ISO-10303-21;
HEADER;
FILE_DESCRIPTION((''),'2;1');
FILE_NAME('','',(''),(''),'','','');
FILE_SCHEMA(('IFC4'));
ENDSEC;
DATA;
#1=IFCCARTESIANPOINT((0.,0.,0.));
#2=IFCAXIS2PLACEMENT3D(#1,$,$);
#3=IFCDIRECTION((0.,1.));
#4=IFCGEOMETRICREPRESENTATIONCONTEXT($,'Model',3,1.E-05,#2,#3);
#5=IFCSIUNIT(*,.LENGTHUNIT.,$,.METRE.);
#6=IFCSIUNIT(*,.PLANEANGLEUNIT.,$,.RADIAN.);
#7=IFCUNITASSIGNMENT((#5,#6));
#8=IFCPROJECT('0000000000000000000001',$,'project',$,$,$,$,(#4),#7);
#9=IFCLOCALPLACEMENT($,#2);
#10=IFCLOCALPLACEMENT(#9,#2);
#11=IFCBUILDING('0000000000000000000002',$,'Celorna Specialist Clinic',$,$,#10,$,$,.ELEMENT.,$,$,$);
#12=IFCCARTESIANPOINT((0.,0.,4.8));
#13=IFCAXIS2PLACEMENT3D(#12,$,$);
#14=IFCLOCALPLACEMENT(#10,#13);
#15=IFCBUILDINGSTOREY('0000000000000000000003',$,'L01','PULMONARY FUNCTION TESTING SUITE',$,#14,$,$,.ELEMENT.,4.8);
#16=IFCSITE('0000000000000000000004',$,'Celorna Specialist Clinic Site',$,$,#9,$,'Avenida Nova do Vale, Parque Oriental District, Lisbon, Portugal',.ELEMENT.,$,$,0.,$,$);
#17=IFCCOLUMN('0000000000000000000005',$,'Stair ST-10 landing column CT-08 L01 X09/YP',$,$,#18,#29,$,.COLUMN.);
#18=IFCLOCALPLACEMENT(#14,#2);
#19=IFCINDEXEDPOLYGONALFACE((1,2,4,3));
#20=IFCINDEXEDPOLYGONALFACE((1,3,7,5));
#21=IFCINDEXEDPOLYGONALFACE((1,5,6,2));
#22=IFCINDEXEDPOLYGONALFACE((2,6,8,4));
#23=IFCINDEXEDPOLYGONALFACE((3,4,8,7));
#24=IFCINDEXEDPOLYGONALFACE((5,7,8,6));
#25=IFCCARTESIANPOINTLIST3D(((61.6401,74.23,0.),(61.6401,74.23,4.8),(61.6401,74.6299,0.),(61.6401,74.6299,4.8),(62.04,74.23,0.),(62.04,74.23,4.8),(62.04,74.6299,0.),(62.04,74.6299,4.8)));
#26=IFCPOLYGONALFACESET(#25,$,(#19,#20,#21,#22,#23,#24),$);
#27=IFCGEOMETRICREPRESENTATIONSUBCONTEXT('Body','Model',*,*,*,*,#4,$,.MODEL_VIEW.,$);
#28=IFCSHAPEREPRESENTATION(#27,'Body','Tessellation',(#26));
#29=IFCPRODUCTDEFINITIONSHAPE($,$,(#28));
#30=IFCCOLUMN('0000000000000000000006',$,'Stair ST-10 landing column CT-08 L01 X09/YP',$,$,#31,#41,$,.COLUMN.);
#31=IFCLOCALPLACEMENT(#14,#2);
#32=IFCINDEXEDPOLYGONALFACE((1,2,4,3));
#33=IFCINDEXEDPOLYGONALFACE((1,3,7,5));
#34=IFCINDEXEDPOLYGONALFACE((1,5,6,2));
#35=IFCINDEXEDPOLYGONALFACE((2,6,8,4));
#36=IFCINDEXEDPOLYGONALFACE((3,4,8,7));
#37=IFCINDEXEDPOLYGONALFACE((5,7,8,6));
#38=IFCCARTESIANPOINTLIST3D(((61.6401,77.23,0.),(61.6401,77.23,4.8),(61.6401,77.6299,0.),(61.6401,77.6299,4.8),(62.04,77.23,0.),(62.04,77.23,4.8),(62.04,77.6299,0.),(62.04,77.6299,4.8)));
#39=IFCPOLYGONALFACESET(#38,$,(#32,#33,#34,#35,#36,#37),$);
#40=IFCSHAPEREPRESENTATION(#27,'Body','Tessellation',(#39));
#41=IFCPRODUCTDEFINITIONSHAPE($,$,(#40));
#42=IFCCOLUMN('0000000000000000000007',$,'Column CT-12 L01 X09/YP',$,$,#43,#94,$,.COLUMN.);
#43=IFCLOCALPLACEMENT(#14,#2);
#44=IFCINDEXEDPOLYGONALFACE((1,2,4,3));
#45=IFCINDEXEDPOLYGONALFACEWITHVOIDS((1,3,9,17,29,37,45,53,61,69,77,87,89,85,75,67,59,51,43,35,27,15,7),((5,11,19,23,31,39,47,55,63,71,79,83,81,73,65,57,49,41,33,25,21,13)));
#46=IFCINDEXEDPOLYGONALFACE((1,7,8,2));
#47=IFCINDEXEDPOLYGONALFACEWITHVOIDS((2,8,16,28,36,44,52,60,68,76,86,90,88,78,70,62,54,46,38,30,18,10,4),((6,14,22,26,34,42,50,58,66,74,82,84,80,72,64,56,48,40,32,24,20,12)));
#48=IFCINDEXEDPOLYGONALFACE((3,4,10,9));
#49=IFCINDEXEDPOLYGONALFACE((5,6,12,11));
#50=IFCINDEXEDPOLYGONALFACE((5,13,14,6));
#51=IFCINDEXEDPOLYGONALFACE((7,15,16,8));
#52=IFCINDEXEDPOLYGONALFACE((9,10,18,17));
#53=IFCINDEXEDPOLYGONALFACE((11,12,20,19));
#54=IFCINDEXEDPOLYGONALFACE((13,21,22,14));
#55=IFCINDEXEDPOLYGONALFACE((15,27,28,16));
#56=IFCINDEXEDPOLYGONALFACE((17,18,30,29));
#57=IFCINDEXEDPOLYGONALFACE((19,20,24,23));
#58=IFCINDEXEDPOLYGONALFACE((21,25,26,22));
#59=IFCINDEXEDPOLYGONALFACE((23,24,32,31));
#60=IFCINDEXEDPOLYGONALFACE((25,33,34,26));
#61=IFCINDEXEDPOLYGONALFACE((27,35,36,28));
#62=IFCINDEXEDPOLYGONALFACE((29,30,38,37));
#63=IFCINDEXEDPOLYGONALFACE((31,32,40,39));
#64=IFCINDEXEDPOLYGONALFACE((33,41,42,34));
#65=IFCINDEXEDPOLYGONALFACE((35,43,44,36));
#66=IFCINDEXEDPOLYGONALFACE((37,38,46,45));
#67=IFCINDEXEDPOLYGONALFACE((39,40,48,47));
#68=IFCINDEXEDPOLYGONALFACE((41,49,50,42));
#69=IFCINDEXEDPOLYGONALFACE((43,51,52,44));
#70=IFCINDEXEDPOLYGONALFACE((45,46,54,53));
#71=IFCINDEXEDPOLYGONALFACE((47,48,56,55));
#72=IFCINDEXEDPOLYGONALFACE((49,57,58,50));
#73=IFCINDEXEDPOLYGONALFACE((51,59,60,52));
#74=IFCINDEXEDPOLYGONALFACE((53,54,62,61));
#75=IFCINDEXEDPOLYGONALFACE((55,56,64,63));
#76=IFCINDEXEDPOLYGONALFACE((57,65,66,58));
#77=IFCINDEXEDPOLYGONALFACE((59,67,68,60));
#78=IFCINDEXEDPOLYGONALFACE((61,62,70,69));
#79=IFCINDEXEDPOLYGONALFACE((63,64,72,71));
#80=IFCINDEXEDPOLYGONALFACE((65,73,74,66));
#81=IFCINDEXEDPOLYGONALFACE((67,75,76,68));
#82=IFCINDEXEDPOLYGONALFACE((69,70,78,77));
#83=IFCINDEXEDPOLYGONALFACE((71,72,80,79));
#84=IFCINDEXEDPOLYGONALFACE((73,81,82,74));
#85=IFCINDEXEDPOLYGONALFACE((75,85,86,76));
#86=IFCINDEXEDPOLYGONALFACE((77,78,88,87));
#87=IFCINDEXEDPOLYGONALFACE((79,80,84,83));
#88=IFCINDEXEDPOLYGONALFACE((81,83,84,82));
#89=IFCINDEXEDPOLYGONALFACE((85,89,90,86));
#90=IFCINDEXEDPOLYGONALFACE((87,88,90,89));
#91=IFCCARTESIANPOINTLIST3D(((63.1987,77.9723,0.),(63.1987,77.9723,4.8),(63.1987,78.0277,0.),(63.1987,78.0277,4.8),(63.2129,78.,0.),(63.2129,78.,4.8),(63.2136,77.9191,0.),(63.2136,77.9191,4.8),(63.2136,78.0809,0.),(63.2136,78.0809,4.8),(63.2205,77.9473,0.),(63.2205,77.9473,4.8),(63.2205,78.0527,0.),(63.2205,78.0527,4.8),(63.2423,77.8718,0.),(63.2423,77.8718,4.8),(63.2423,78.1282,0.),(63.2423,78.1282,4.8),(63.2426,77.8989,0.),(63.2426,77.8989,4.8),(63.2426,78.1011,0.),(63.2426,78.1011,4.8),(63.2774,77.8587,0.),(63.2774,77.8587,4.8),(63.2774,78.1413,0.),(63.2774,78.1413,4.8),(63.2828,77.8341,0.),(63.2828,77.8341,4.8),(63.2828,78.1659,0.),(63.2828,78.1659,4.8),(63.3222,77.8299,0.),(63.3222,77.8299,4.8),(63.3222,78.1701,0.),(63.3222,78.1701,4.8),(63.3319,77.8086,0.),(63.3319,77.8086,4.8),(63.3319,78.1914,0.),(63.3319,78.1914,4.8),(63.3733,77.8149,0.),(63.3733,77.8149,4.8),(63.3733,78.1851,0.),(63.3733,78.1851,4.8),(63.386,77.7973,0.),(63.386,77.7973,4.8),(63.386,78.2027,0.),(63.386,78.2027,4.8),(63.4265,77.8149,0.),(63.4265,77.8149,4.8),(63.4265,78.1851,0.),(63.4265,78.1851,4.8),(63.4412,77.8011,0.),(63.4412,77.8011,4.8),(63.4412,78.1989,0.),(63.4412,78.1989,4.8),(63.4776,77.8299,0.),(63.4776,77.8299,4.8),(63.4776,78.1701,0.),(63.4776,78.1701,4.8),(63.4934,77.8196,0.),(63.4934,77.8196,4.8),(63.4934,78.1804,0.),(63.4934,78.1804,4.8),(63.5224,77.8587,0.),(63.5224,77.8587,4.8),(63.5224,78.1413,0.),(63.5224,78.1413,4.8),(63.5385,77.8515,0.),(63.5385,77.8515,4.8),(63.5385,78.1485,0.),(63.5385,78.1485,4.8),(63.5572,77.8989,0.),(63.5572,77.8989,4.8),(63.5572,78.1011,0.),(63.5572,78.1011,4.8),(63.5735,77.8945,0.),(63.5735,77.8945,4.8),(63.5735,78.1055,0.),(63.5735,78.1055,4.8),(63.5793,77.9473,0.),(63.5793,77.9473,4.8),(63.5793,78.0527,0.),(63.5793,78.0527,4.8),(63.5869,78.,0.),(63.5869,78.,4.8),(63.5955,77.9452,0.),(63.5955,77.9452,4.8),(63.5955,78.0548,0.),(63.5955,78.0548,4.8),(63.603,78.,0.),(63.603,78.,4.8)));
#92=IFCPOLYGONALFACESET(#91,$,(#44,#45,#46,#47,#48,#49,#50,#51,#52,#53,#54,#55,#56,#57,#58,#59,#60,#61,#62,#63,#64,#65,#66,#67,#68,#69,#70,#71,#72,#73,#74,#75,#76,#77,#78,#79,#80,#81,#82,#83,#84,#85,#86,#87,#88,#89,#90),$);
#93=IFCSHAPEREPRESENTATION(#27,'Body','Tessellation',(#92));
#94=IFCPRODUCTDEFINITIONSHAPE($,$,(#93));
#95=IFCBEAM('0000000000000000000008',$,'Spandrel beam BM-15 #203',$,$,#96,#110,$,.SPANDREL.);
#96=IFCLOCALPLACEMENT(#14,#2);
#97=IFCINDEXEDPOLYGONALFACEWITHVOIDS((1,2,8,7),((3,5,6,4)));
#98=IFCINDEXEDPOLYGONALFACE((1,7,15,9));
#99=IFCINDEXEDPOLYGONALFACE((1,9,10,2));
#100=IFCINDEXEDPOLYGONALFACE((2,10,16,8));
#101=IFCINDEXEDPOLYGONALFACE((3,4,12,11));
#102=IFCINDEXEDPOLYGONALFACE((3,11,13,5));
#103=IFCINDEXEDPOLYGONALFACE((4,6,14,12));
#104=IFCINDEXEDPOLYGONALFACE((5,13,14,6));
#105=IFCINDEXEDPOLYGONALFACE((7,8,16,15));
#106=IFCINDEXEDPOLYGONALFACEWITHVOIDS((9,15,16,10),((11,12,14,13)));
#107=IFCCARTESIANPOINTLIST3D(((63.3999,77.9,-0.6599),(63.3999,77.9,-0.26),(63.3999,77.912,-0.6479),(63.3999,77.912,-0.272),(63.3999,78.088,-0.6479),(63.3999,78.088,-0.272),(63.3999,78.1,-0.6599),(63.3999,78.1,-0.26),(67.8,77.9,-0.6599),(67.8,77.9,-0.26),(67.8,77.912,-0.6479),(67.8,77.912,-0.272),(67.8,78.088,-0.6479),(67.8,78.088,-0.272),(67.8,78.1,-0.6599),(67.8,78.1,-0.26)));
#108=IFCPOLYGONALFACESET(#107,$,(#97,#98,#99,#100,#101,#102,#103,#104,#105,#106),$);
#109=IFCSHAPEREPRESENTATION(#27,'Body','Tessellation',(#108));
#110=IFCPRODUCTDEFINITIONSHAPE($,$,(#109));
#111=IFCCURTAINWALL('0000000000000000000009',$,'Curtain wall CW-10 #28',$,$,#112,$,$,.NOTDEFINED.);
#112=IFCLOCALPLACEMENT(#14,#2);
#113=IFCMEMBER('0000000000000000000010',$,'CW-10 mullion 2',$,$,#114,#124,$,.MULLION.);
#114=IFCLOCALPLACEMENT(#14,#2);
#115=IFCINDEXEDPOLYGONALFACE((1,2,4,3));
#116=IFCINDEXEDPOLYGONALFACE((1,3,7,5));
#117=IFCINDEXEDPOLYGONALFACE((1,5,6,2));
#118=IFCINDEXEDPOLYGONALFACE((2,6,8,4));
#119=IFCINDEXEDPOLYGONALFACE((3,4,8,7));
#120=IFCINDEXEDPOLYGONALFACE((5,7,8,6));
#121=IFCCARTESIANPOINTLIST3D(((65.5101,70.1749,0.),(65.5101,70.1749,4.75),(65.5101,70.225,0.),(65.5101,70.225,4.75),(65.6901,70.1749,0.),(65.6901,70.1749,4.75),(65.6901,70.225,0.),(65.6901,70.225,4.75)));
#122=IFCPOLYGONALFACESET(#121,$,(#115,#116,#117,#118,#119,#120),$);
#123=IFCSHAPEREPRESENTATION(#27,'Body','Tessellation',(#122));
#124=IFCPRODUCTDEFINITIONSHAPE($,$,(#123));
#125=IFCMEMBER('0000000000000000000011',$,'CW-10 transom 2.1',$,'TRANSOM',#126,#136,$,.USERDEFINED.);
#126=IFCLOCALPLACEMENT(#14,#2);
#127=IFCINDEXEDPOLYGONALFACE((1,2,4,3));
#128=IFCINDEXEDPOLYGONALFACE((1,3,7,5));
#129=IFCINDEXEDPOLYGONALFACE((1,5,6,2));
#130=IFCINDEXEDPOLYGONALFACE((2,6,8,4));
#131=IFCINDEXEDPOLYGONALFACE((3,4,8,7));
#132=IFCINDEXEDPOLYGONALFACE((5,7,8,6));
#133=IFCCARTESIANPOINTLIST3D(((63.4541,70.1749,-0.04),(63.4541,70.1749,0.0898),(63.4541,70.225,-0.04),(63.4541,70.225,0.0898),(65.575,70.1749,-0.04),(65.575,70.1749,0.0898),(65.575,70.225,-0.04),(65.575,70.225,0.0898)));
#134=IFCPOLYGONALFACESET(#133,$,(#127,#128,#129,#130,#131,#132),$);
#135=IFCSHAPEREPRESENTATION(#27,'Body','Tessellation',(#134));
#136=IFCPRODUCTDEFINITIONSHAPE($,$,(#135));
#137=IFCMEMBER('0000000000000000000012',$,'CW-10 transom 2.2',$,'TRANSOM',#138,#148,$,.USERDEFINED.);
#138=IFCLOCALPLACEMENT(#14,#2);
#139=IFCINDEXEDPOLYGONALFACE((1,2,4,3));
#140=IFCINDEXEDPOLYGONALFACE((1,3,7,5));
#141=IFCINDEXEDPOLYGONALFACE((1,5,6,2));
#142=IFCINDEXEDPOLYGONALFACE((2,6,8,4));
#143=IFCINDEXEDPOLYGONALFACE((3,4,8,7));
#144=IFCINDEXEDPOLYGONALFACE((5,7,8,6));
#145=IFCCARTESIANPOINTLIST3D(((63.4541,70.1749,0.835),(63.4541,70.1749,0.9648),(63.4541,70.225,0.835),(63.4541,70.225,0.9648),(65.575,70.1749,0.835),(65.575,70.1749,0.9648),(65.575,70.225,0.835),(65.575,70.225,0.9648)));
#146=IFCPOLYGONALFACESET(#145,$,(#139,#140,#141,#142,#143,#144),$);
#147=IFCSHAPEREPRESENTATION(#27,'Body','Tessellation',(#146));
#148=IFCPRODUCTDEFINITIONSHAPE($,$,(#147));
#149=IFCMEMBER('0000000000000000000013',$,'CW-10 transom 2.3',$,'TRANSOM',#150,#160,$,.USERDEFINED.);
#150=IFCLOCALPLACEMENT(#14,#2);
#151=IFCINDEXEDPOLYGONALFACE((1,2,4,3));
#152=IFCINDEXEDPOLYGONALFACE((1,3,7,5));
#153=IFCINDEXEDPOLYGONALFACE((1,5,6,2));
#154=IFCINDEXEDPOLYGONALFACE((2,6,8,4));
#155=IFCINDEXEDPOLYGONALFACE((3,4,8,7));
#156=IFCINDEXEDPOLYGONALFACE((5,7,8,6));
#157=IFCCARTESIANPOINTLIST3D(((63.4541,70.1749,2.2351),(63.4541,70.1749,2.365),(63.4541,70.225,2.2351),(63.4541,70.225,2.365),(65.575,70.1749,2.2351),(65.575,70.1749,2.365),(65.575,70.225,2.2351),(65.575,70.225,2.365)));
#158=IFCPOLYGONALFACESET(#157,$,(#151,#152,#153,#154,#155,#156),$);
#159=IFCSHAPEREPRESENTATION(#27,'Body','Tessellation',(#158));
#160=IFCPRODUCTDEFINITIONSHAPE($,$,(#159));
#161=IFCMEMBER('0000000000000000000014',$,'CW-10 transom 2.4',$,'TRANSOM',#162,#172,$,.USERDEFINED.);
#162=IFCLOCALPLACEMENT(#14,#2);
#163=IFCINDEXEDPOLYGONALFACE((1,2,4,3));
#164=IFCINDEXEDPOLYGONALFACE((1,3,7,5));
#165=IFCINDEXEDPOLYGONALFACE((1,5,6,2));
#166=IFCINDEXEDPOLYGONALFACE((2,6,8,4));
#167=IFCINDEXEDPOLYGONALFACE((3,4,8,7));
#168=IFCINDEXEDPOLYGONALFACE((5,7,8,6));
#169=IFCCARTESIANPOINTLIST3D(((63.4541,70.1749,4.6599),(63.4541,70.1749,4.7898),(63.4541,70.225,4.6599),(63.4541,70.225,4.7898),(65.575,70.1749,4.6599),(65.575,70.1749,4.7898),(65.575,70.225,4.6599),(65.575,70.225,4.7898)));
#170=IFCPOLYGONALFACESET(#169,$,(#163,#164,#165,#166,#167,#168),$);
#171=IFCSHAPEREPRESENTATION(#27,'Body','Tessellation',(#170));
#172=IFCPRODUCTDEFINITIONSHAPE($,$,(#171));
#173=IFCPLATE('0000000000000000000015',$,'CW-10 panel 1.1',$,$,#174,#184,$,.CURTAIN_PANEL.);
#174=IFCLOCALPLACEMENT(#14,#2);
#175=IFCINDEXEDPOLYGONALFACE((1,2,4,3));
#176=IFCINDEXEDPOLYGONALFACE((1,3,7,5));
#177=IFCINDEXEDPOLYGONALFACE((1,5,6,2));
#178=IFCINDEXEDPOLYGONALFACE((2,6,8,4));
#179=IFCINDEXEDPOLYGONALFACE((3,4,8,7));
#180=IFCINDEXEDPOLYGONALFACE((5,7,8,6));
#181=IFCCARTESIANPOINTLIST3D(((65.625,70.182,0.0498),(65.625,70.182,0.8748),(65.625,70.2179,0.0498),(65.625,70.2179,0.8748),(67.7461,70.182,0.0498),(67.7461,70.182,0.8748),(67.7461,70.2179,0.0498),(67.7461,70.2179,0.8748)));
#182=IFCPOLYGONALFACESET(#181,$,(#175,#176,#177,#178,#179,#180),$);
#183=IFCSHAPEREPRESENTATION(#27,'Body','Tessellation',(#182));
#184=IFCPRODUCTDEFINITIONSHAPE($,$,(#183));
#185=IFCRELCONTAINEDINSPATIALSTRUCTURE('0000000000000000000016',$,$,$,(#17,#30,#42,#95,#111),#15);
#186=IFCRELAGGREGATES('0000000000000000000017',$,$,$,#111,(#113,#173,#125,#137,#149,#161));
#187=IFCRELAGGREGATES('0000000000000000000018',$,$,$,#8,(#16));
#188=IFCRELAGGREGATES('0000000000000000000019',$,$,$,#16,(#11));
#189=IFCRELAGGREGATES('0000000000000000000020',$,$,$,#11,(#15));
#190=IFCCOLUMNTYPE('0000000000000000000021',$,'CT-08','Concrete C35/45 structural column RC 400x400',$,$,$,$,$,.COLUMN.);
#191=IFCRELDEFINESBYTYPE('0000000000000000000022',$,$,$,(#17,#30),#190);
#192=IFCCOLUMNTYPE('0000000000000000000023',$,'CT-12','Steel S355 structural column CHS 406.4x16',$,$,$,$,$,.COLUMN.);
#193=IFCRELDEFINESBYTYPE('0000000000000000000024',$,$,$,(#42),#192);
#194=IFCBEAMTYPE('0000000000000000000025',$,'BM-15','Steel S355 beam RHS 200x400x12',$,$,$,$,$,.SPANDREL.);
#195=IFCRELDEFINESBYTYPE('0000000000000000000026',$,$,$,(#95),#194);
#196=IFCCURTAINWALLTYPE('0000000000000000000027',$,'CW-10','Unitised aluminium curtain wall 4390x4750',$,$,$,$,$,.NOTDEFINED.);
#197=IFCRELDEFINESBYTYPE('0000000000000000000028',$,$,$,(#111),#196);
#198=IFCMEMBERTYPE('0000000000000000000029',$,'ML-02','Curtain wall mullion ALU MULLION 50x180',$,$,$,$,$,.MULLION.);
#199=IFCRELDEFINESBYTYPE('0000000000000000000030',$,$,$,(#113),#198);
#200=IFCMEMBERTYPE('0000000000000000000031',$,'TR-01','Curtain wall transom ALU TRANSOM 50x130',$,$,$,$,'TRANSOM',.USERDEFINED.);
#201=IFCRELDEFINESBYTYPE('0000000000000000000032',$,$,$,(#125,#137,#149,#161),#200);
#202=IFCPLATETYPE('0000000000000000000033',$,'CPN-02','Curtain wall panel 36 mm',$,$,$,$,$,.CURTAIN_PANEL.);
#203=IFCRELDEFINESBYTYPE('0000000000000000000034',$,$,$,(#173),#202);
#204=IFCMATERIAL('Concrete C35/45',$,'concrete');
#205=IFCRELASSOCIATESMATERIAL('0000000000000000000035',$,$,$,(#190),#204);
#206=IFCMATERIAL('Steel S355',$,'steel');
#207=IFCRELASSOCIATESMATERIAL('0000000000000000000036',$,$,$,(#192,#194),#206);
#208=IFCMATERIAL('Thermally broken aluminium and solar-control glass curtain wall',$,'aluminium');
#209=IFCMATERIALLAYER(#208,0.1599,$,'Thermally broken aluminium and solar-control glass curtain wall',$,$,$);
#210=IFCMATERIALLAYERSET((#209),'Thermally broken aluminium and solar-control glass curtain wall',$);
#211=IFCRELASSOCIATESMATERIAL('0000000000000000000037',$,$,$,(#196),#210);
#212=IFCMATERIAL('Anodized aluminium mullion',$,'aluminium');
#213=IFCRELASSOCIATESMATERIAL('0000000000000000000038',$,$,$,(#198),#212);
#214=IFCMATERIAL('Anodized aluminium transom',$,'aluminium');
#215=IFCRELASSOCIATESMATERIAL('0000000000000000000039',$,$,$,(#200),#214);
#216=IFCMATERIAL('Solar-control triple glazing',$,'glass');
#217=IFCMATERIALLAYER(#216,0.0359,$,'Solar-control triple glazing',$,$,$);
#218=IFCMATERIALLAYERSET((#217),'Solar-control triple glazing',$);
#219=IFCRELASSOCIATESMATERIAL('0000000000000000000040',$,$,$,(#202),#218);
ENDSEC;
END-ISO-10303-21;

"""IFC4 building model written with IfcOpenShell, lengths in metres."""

from ifc_helpers import new_model, si_unit, direction, frame, origin, origin_2d, place, context, subcontext, project, spatial, rectangle, hollow_rectangle, hollow_circle, extrude, material, layer, layer_set, material_profile, profile_set, type_object, element, aggregate, save


model = new_model("IFC4")

# Units and contexts
model_context = context("Model", 3, precision=1e-05, world=origin(), true_north=direction((0.0, 1.0)))
body_context = subcontext(model_context, "Body", "Model", "MODEL_VIEW")
ifc_project = project(units=[si_unit("LENGTHUNIT", "METRE"), si_unit("PLANEANGLEUNIT", "RADIAN")], contexts=[model_context])

# Site, building, storey
site_placement = place(None, origin())
site = spatial("IfcSite", under=ifc_project, at=site_placement, Name="Celorna Specialist Clinic Site", LongName="Avenida Nova do Vale, Parque Oriental District, Lisbon, Portugal", CompositionType="ELEMENT", RefElevation=0.0)
building_placement = place(site_placement, origin())
building = spatial("IfcBuilding", under=site, at=building_placement, Name="Celorna Specialist Clinic", CompositionType="ELEMENT")
storey_placement = place(building_placement, frame((0.0, 0.0, 4.8)))
storey = spatial("IfcBuildingStorey", under=building, at=storey_placement, Name="L01", Description="PULMONARY FUNCTION TESTING SUITE", CompositionType="ELEMENT", Elevation=4.8)

# Columns
ifc_material_1 = material(Name="Concrete C35/45", Category="concrete")
ifc_material_profile_1 = material_profile(ifc_material_1, rectangle(XDim=0.3999, YDim=0.3999, at=origin_2d()), Name="RC 400x400")
ifc_profile_set_1 = profile_set([ifc_material_profile_1], Name="Concrete C35/45")
column_type_1 = type_object("IfcColumnType", Name="CT-08", Description="Concrete C35/45 structural column RC 400x400", PredefinedType="COLUMN", material=ifc_profile_set_1)
for number, where, z_axis, x_axis, name in (
    (1, (61.8401, 74.4299, 0.0), (0.0, 0.0, 1.0), (1.0, 0.0, 0.0), "Stair ST-10 landing column CT-08 L01 X09/YP"),
    (2, (61.8401, 77.4299, 0.0), (0.0, 0.0, 1.0), (1.0, 0.0, 0.0), "Stair ST-10 landing column CT-08 L01 X09/YP"),
):
    element("IfcColumn", number, at=place(storey_placement, frame(where, z_axis=z_axis, x_axis=x_axis)), inside=storey, type_object=column_type_1, Name=name, PredefinedType="COLUMN", context=body_context, shape_type="SweptSolid", body=[
        extrude(rectangle(XDim=0.3999, YDim=0.3999, at=origin_2d()), origin(), (0.0, 0.0, 1.0), 4.8),
    ])
ifc_material_2 = material(Name="Steel S355", Category="steel")
ifc_material_profile_2 = material_profile(ifc_material_2, hollow_circle(Radius=0.2031, WallThickness=0.0161, at=origin_2d()), Name="CHS 406.4x16")
ifc_profile_set_2 = profile_set([ifc_material_profile_2], Name="Steel S355")
column_type_2 = type_object("IfcColumnType", Name="CT-12", Description="Steel S355 structural column CHS 406.4x16", PredefinedType="COLUMN", material=ifc_profile_set_2)
column_placement = place(storey_placement, frame((63.3999, 78.0, 0.0), z_axis=(0.0, 0.0, 1.0), x_axis=(1.0, 0.0, 0.0)))
element("IfcColumn", 3, at=column_placement, inside=storey, type_object=column_type_2, Name="Column CT-12 L01 X09/YP", PredefinedType="COLUMN", context=body_context, shape_type="SweptSolid", body=[
    extrude(hollow_circle(Radius=0.2031, WallThickness=0.0161, at=origin_2d()), origin(), (0.0, 0.0, 1.0), 4.8),
])

# Beam
ifc_material_profile_3 = material_profile(ifc_material_2, hollow_rectangle(XDim=0.2, YDim=0.3999, WallThickness=0.012, at=origin_2d()), Name="RHS 200x400x12")
ifc_profile_set_3 = profile_set([ifc_material_profile_3], Name="Steel S355")
beam_type = type_object("IfcBeamType", Name="BM-15", Description="Steel S355 beam RHS 200x400x12", PredefinedType="SPANDREL", material=ifc_profile_set_3)
beam_placement = place(storey_placement, frame((63.3999, 78.0, -0.46), z_axis=(1.0, 0.0, 0.0), x_axis=(0.0, 1.0, 0.0)))
element("IfcBeam", 4, at=beam_placement, inside=storey, type_object=beam_type, Name="Spandrel beam BM-15 #203", PredefinedType="SPANDREL", context=body_context, shape_type="SweptSolid", body=[
    extrude(hollow_rectangle(XDim=0.2, YDim=0.3999, WallThickness=0.012, at=origin_2d()), origin(), (0.0, 0.0, 1.0), 4.4001),
])

# Curtain wall, members, plate
ifc_material_3 = material(Name="Thermally broken aluminium and solar-control glass curtain wall", Category="aluminium")
ifc_layer_1 = layer(ifc_material_3, 0.1599, Name="Thermally broken aluminium and solar-control glass curtain wall")
ifc_layer_set_1 = layer_set([ifc_layer_1], Name="Thermally broken aluminium and solar-control glass curtain wall")
curtain_wall_type = type_object("IfcCurtainWallType", Name="CW-10", Description="Unitised aluminium curtain wall 4390x4750", PredefinedType="NOTDEFINED", material=ifc_layer_set_1)
curtain_wall_placement = place(storey_placement, origin())
curtain_wall = element("IfcCurtainWall", 5, at=curtain_wall_placement, inside=storey, type_object=curtain_wall_type, Name="Curtain wall CW-10 #28", PredefinedType="NOTDEFINED")
ifc_material_4 = material(Name="Anodized aluminium mullion", Category="aluminium")
ifc_material_profile_4 = material_profile(ifc_material_4, rectangle(XDim=0.05, YDim=0.1799, at=origin_2d()), Name="ALU MULLION 50x180")
ifc_profile_set_4 = profile_set([ifc_material_profile_4], Name="Anodized aluminium mullion")
member_type_1 = type_object("IfcMemberType", Name="ML-02", Description="Curtain wall mullion ALU MULLION 50x180", PredefinedType="MULLION", material=ifc_profile_set_4)
member_1_placement = place(storey_placement, frame((65.6001, 70.2, 0.0), z_axis=(0.0, 0.0, 1.0), x_axis=(0.0, -1.0, 0.0)))
member_1 = element("IfcMember", 6, at=member_1_placement, type_object=member_type_1, Name="CW-10 mullion 2", PredefinedType="MULLION", context=body_context, shape_type="SweptSolid", body=[
    extrude(rectangle(XDim=0.05, YDim=0.1799, at=origin_2d()), origin(), (0.0, 0.0, 1.0), 4.75),
])
ifc_material_5 = material(Name="Anodized aluminium transom", Category="aluminium")
ifc_material_profile_5 = material_profile(ifc_material_5, rectangle(XDim=0.05, YDim=0.1299, at=origin_2d()), Name="ALU TRANSOM 50x130")
ifc_profile_set_5 = profile_set([ifc_material_profile_5], Name="Anodized aluminium transom")
member_type_2 = type_object("IfcMemberType", Name="TR-01", Description="Curtain wall transom ALU TRANSOM 50x130", ElementType="TRANSOM", PredefinedType="USERDEFINED", material=ifc_profile_set_5)
member_2_placement = place(storey_placement, frame((65.575, 70.2, 0.0249), z_axis=(-1.0, 0.0, 0.0), x_axis=(0.0, -1.0, 0.0)))
member_2 = element("IfcMember", 7, at=member_2_placement, type_object=member_type_2, Name="CW-10 transom 2.1", ObjectType="TRANSOM", PredefinedType="USERDEFINED", context=body_context, shape_type="SweptSolid", body=[
    extrude(rectangle(XDim=0.05, YDim=0.1299, at=origin_2d()), origin(), (0.0, 0.0, 1.0), 2.1208),
])
member_3_placement = place(storey_placement, frame((65.575, 70.2, 0.8999), z_axis=(-1.0, 0.0, 0.0), x_axis=(0.0, -1.0, 0.0)))
member_3 = element("IfcMember", 8, at=member_3_placement, type_object=member_type_2, Name="CW-10 transom 2.2", ObjectType="TRANSOM", PredefinedType="USERDEFINED", context=body_context, shape_type="SweptSolid", body=[
    extrude(rectangle(XDim=0.05, YDim=0.1299, at=origin_2d()), origin(), (0.0, 0.0, 1.0), 2.1208),
])
member_4_placement = place(storey_placement, frame((65.575, 70.2, 2.3), z_axis=(-1.0, 0.0, 0.0), x_axis=(0.0, -1.0, 0.0)))
member_4 = element("IfcMember", 9, at=member_4_placement, type_object=member_type_2, Name="CW-10 transom 2.3", ObjectType="TRANSOM", PredefinedType="USERDEFINED", context=body_context, shape_type="SweptSolid", body=[
    extrude(rectangle(XDim=0.05, YDim=0.1299, at=origin_2d()), origin(), (0.0, 0.0, 1.0), 2.1208),
])
member_5_placement = place(storey_placement, frame((65.575, 70.2, 4.7249), z_axis=(-1.0, 0.0, 0.0), x_axis=(0.0, -1.0, 0.0)))
member_5 = element("IfcMember", 10, at=member_5_placement, type_object=member_type_2, Name="CW-10 transom 2.4", ObjectType="TRANSOM", PredefinedType="USERDEFINED", context=body_context, shape_type="SweptSolid", body=[
    extrude(rectangle(XDim=0.05, YDim=0.1299, at=origin_2d()), origin(), (0.0, 0.0, 1.0), 2.1208),
])
ifc_material_6 = material(Name="Solar-control triple glazing", Category="glass")
ifc_layer_2 = layer(ifc_material_6, 0.0359, Name="Solar-control triple glazing")
ifc_layer_set_2 = layer_set([ifc_layer_2], Name="Solar-control triple glazing")
plate_type = type_object("IfcPlateType", Name="CPN-02", Description="Curtain wall panel 36 mm", PredefinedType="CURTAIN_PANEL", material=ifc_layer_set_2)
plate_1_placement = place(storey_placement, frame((66.6855, 70.2, 0.0498), z_axis=(0.0, 0.0, 1.0), x_axis=(-1.0, 0.0, 0.0)))
plate_1 = element("IfcPlate", 11, at=plate_1_placement, type_object=plate_type, Name="CW-10 panel 1.1", PredefinedType="CURTAIN_PANEL", context=body_context, shape_type="SweptSolid", body=[
    extrude(rectangle(XDim=2.1211, YDim=0.0359, at=origin_2d()), origin(), (0.0, 0.0, 1.0), 0.825),
])
aggregate(curtain_wall, [member_1, plate_1, member_2, member_3, member_4, member_5])

save(model, "model.ifc")
